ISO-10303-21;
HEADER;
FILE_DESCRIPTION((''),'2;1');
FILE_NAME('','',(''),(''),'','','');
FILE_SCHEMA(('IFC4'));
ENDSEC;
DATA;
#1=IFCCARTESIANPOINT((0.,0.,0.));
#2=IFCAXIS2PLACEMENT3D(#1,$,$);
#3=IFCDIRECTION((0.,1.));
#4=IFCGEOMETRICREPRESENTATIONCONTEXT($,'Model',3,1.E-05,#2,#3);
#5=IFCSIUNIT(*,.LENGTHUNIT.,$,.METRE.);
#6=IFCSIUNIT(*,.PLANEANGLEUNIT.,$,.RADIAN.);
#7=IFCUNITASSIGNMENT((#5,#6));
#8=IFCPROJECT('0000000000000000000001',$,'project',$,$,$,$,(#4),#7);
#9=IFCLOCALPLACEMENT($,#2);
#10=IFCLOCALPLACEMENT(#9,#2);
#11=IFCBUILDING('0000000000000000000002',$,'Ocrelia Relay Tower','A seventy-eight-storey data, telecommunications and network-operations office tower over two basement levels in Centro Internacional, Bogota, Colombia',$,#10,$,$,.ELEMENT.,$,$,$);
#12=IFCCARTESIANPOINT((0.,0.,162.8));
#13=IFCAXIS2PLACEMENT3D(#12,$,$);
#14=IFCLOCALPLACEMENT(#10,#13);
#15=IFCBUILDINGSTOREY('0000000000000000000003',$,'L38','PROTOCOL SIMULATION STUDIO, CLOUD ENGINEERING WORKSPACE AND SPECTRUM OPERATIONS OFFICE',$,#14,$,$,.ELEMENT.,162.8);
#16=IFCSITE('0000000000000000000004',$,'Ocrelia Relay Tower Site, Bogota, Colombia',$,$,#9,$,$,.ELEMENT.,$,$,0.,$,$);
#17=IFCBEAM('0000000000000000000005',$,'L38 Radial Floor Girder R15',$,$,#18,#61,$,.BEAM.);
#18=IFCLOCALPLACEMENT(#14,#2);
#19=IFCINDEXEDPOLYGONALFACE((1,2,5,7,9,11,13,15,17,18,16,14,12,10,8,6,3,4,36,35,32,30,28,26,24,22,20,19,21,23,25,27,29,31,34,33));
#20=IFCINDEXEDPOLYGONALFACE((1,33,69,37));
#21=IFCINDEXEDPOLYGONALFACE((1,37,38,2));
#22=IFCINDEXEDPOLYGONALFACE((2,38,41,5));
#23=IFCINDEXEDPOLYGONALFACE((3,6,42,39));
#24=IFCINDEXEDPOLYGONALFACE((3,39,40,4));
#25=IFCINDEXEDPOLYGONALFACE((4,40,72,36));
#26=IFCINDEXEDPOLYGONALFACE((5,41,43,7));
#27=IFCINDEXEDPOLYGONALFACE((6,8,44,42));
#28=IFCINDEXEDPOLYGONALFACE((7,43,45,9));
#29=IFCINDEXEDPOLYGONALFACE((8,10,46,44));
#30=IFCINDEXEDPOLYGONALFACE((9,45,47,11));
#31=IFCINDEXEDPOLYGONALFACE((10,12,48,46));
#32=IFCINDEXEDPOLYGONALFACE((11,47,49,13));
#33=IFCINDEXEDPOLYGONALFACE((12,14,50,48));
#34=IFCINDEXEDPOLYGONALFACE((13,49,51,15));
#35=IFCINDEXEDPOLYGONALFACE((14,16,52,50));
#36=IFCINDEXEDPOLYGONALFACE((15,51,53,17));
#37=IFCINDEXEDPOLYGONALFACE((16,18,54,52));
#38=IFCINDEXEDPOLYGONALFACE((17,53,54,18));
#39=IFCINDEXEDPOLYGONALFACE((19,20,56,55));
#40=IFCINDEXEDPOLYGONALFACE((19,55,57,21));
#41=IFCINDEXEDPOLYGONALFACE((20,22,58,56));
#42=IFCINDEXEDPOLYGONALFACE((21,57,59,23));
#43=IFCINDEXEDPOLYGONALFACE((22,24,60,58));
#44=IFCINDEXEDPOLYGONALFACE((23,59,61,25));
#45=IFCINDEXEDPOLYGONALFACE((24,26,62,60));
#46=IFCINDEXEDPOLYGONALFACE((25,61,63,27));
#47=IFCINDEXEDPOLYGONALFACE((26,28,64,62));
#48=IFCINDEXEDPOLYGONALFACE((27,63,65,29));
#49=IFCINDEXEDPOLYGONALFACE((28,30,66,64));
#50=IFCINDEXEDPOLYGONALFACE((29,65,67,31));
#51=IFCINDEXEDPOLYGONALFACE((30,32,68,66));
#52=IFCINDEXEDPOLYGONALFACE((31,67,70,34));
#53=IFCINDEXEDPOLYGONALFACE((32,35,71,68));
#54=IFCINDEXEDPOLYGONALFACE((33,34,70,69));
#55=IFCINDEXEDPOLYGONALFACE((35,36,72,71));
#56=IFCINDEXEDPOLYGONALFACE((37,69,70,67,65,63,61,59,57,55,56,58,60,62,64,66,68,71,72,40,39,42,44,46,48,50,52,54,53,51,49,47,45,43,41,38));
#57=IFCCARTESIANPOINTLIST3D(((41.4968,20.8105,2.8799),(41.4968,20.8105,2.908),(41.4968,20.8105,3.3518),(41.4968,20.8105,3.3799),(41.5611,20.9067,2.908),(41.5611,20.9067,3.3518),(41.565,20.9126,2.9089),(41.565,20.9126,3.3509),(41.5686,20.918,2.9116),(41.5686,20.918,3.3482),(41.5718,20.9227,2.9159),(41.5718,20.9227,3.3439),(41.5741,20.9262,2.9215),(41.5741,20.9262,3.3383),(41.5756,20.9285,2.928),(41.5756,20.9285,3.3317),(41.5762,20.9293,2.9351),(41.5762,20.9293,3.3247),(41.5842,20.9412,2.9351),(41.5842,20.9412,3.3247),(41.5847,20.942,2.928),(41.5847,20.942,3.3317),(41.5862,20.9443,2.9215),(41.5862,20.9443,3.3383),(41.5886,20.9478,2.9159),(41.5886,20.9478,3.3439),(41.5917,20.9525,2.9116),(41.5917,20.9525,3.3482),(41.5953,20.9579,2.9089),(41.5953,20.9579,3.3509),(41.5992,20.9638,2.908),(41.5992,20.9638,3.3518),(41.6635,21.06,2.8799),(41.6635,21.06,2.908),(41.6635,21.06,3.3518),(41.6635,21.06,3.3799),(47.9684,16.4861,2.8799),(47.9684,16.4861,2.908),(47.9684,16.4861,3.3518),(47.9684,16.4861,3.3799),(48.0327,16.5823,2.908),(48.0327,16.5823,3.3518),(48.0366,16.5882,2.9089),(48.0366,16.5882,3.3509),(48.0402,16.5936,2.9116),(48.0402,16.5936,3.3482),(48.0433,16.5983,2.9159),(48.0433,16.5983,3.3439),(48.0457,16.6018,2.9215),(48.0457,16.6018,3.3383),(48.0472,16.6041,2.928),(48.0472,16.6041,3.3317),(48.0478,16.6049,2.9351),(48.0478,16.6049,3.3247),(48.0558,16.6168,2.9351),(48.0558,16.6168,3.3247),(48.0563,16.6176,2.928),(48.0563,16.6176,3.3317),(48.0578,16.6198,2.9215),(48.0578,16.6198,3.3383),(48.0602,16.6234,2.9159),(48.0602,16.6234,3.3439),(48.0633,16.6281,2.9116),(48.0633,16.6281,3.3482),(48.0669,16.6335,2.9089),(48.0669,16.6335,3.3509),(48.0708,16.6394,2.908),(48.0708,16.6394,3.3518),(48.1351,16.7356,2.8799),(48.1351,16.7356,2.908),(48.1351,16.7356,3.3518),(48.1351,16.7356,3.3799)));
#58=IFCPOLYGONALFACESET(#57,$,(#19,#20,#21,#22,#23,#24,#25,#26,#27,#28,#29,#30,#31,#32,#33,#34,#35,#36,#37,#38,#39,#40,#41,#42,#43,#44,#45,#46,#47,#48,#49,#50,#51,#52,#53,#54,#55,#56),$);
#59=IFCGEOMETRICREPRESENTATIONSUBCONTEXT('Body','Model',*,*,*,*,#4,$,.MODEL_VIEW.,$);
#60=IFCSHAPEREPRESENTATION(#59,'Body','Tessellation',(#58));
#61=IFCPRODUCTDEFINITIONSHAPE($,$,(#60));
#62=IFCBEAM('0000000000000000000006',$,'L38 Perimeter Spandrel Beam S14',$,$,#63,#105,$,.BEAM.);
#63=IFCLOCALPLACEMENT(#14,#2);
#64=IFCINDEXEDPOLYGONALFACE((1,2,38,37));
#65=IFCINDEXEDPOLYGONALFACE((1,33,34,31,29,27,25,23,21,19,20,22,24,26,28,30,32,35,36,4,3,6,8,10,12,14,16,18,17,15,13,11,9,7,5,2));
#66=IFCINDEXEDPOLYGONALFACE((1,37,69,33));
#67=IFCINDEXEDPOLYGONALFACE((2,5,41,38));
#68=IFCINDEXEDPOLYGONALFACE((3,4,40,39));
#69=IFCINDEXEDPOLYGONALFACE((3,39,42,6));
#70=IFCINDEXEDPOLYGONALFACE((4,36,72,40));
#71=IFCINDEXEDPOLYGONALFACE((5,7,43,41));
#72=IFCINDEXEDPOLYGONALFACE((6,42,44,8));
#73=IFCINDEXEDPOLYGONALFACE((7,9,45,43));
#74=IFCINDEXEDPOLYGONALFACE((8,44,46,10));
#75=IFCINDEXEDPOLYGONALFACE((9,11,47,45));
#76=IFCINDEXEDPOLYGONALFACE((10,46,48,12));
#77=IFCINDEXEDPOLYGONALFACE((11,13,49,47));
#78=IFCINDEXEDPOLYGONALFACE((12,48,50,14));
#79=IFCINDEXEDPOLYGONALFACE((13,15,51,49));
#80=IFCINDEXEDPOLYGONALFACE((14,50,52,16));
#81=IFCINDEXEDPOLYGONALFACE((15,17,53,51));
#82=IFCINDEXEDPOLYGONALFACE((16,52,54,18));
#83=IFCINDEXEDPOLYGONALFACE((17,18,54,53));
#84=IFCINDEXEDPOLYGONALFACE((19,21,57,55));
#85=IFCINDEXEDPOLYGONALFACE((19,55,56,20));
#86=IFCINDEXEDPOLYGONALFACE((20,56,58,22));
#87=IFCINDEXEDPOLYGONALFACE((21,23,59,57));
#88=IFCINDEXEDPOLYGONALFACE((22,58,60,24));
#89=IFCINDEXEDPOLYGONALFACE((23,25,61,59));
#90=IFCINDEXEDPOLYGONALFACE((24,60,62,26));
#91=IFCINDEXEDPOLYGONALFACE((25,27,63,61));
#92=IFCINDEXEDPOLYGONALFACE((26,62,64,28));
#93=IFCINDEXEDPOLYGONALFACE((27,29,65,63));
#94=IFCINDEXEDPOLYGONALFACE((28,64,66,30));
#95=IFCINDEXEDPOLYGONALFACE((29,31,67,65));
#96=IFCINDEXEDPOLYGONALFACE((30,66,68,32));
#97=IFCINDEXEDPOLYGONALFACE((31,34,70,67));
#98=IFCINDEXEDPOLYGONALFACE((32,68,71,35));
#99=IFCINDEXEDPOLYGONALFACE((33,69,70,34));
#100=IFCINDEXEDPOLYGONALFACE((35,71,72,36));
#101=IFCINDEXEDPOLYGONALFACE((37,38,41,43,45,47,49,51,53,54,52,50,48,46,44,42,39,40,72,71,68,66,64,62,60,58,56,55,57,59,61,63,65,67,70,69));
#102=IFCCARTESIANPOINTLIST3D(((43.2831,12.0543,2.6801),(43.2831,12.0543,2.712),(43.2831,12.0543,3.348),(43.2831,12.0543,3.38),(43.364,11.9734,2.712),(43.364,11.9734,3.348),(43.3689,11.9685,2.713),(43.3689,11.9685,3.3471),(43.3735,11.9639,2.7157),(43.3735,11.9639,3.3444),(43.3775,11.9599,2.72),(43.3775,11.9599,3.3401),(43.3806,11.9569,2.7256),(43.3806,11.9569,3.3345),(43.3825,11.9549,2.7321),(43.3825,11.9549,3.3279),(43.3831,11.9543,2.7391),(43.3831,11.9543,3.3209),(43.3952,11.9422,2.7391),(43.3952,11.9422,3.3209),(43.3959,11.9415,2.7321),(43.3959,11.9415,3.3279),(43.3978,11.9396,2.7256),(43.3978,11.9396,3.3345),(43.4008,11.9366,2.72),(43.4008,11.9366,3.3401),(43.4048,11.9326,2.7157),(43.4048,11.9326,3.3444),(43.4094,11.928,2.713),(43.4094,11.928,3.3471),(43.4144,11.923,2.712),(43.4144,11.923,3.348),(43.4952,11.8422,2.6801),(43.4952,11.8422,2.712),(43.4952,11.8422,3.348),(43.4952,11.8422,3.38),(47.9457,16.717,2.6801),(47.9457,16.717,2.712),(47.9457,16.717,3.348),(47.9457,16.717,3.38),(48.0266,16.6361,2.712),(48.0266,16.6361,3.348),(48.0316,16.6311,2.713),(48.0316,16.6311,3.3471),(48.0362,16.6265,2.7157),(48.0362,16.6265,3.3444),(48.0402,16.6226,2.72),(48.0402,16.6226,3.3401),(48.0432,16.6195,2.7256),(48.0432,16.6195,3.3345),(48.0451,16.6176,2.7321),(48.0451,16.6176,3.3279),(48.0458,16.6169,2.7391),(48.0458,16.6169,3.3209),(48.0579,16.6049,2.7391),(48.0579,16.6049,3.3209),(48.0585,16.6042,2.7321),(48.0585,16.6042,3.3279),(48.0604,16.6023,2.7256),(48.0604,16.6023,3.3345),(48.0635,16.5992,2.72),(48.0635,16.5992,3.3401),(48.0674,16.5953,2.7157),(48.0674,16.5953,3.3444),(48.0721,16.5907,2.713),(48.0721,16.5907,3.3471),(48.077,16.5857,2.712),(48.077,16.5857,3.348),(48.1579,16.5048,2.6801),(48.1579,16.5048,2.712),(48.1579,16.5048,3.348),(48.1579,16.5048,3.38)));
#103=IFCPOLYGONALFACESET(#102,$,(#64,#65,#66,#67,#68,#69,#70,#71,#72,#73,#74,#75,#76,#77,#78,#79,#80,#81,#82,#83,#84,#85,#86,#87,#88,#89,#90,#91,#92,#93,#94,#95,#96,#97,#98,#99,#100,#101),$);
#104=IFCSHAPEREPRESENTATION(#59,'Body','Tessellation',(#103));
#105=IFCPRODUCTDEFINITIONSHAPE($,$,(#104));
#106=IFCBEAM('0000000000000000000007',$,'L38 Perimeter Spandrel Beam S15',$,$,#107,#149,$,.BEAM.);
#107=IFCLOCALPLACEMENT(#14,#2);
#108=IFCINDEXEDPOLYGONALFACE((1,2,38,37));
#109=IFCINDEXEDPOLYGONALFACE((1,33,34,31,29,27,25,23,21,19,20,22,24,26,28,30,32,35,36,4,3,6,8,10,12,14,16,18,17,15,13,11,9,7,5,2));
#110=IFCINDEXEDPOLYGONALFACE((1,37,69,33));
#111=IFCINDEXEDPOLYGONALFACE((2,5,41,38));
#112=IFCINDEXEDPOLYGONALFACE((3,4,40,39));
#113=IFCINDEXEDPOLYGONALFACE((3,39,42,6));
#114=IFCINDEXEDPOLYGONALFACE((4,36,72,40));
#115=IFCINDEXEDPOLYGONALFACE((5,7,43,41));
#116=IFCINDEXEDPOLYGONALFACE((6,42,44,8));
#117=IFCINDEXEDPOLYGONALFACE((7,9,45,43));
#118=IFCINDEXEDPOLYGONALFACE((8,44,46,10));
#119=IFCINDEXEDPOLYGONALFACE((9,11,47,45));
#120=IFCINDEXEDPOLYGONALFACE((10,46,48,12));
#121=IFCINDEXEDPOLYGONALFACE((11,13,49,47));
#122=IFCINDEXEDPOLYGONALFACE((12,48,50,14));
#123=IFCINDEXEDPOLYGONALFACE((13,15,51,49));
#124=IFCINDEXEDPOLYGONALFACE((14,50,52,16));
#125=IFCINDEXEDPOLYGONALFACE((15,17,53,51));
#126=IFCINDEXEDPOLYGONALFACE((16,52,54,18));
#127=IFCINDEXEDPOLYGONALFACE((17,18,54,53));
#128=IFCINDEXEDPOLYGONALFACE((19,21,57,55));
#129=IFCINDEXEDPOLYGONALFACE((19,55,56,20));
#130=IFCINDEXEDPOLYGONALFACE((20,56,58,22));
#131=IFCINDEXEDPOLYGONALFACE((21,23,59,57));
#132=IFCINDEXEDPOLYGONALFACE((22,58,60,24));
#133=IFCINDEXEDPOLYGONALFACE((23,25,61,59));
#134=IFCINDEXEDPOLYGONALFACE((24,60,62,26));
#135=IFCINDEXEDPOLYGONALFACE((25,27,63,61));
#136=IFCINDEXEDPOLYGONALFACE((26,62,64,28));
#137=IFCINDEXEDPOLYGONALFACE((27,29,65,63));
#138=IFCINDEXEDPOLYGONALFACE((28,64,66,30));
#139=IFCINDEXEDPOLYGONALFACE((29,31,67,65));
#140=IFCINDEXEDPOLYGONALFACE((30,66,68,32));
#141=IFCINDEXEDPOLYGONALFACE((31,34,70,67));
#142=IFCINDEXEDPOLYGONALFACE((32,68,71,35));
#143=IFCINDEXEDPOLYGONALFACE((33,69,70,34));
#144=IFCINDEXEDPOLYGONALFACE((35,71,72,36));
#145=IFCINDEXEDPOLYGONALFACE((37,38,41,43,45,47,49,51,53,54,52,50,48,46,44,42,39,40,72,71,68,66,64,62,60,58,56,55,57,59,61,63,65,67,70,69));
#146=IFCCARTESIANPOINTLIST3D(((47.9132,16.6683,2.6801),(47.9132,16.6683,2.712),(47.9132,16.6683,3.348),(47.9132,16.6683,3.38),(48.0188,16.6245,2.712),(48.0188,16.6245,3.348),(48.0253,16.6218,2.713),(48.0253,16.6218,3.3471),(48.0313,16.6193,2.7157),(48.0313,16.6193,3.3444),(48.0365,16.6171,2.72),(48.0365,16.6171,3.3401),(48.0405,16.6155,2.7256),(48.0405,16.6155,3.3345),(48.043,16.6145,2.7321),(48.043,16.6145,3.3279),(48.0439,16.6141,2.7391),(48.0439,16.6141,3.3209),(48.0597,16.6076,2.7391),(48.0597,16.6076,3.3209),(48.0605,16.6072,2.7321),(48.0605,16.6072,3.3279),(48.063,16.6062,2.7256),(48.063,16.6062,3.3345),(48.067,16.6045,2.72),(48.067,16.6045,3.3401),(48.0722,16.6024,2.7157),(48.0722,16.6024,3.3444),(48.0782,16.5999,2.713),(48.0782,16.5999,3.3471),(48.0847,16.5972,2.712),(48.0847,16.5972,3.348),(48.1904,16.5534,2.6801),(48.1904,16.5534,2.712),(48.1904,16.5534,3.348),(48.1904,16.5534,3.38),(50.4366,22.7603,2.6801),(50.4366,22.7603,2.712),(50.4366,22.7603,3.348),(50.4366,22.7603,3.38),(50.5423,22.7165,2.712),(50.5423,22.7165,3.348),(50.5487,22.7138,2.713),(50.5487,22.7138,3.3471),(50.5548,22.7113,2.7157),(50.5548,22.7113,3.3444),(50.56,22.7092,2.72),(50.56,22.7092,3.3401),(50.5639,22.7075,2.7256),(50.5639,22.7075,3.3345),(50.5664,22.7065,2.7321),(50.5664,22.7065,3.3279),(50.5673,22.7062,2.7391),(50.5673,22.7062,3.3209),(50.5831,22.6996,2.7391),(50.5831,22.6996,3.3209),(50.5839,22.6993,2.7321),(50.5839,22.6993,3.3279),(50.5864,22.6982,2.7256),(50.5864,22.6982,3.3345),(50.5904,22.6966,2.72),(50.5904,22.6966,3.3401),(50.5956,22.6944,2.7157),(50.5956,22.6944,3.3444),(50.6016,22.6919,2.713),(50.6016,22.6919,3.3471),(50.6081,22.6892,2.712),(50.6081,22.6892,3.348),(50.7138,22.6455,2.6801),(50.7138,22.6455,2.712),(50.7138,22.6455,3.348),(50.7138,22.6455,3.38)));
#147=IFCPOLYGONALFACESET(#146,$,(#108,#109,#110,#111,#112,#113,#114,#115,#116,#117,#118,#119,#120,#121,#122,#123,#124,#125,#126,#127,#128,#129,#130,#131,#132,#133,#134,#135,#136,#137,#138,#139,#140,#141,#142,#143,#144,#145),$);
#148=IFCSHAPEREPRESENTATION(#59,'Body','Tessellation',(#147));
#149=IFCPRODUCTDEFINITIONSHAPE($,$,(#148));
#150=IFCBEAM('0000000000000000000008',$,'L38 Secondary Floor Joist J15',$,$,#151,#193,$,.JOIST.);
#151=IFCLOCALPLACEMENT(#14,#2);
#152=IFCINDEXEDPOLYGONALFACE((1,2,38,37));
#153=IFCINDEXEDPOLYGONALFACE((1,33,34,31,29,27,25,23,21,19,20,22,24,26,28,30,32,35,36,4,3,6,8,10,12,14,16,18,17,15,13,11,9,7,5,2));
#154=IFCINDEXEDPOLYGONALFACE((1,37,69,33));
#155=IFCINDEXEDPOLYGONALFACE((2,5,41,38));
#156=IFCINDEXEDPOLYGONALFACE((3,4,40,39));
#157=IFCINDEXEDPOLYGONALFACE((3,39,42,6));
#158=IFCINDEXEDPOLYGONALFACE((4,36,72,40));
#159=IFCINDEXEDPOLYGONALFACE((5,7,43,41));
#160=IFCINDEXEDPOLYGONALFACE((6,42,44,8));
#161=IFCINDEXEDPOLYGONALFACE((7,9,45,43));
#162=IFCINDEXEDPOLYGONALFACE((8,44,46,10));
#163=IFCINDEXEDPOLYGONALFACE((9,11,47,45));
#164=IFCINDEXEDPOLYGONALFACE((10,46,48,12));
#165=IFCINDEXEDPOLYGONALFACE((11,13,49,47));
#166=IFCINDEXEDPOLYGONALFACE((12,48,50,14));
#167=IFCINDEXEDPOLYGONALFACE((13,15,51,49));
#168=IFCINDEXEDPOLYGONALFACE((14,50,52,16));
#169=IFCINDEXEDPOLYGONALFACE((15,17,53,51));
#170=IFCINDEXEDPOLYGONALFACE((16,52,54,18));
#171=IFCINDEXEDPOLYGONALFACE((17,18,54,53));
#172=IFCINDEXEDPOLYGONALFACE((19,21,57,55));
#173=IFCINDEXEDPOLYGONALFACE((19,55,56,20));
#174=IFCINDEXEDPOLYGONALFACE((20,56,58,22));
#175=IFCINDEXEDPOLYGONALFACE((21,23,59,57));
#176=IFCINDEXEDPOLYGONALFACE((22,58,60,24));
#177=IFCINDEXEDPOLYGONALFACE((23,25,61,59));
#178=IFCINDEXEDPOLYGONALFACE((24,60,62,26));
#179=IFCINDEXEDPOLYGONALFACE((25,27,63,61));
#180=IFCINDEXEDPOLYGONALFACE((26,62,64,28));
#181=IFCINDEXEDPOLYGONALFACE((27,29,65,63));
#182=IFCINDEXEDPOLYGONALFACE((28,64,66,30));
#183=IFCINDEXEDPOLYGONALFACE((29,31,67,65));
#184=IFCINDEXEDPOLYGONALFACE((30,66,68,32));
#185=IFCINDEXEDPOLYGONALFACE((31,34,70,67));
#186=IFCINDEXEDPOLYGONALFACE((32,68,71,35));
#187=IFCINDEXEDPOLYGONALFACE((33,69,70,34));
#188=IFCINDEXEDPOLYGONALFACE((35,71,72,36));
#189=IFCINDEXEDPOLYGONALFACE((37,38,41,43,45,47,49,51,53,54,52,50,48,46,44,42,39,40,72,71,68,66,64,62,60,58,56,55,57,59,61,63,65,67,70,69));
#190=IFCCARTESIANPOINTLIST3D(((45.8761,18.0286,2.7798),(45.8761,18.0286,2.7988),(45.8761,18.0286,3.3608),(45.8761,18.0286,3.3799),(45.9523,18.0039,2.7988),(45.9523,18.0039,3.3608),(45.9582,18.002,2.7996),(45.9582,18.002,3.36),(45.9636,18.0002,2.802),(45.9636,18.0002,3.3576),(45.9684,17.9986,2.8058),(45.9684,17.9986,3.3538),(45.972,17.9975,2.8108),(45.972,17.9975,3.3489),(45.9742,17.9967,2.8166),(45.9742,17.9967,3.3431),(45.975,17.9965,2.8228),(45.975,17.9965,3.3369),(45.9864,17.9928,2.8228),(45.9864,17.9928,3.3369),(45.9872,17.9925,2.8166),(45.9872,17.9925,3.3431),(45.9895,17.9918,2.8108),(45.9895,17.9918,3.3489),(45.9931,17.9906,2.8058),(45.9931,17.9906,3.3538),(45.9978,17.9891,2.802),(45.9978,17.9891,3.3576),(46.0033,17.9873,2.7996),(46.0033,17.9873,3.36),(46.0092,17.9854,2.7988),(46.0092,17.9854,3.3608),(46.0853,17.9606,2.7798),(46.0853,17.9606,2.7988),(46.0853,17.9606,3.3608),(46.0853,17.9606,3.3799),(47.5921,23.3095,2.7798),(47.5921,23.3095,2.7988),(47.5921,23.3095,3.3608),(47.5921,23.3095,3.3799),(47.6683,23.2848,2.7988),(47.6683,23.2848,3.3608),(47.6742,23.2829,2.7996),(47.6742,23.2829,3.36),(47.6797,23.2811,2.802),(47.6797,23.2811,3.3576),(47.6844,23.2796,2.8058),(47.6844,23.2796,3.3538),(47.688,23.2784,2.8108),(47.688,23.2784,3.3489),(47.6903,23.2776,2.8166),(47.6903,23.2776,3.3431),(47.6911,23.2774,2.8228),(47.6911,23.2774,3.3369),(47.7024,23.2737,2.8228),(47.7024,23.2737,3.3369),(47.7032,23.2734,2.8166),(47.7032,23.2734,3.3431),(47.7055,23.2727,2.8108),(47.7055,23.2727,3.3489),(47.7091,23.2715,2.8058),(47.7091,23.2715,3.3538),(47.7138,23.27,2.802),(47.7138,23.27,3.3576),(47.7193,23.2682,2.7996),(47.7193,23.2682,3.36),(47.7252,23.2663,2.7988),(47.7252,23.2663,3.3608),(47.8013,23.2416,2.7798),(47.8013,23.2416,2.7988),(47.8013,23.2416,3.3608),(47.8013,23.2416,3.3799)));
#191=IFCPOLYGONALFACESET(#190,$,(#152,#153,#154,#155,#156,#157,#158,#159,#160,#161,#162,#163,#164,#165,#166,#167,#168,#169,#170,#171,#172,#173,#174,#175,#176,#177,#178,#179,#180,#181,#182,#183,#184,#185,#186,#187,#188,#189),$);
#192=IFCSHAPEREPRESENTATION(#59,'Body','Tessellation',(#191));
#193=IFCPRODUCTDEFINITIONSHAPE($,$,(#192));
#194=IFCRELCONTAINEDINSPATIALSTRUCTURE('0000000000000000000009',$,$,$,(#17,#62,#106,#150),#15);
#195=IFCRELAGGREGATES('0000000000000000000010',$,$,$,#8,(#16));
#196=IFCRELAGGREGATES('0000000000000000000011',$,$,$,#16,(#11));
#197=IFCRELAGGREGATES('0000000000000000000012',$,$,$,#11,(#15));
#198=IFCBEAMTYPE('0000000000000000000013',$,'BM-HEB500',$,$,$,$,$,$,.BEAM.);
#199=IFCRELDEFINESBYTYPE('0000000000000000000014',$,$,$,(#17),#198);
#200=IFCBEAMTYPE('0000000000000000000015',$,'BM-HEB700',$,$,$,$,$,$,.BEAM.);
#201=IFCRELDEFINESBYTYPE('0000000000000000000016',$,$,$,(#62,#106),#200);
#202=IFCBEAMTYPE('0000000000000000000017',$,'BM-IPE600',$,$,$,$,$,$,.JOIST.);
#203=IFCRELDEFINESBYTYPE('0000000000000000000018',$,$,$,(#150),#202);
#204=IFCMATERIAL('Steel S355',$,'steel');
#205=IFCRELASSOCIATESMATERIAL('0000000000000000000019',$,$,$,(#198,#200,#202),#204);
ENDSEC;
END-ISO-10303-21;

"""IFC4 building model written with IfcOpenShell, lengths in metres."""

from ifc_helpers import new_model, si_unit, direction, frame, origin, origin_2d, place, context, subcontext, project, spatial, i_section, extrude, material, material_profile, profile_set, type_object, element, save


model = new_model("IFC4")

# Units and contexts
model_context = context("Model", 3, precision=1e-05, world=origin(), true_north=direction((0.0, 1.0)))
body_context = subcontext(model_context, "Body", "Model", "MODEL_VIEW")
ifc_project = project(units=[si_unit("LENGTHUNIT", "METRE"), si_unit("PLANEANGLEUNIT", "RADIAN")], contexts=[model_context])

# Site, building, storey
site_placement = place(None, origin())
site = spatial("IfcSite", under=ifc_project, at=site_placement, Name="Ocrelia Relay Tower Site, Bogota, Colombia", CompositionType="ELEMENT", RefElevation=0.0)
building_placement = place(site_placement, origin())
building = spatial("IfcBuilding", under=site, at=building_placement, Name="Ocrelia Relay Tower", Description="A seventy-eight-storey data, telecommunications and network-operations office tower over two basement levels in Centro Internacional, Bogota, Colombia", CompositionType="ELEMENT")
storey_placement = place(building_placement, frame((0.0, 0.0, 162.8)))
storey = spatial("IfcBuildingStorey", under=building, at=storey_placement, Name="L38", Description="PROTOCOL SIMULATION STUDIO, CLOUD ENGINEERING WORKSPACE AND SPECTRUM OPERATIONS OFFICE", CompositionType="ELEMENT", Elevation=162.8)

# Beams
ifc_material_1 = material(Name="Steel S355", Category="steel")
ifc_material_profile_1 = material_profile(ifc_material_1, i_section(OverallWidth=0.3, OverallDepth=0.5, WebThickness=0.0144, FlangeThickness=0.0281, FilletRadius=0.0271, at=origin_2d()), Name="HEB 500")
ifc_profile_set_1 = profile_set([ifc_material_profile_1], Name="Steel S355")
beam_type_1 = type_object("IfcBeamType", Name="BM-HEB500", PredefinedType="BEAM", material=ifc_profile_set_1)
beam_1_placement = place(storey_placement, frame((48.0518, 16.6108, 3.1299), z_axis=(-0.831456, 0.55559, 0.0), x_axis=(-0.55559, -0.831456, 0.0)))
element("IfcBeam", 1, at=beam_1_placement, inside=storey, type_object=beam_type_1, Name="L38 Radial Floor Girder R15", PredefinedType="BEAM", context=body_context, shape_type="SweptSolid", body=[
    extrude(i_section(OverallWidth=0.3, OverallDepth=0.5, WebThickness=0.0144, FlangeThickness=0.0281, FilletRadius=0.0271, at=origin_2d()), origin(), (0.0, 0.0, 1.0), 7.7834),
])
ifc_material_profile_2 = material_profile(ifc_material_1, i_section(OverallWidth=0.3, OverallDepth=0.7, WebThickness=0.0171, FlangeThickness=0.032, FilletRadius=0.0271, at=origin_2d()), Name="HEB 700")
ifc_profile_set_2 = profile_set([ifc_material_profile_2], Name="Steel S355")
beam_type_2 = type_object("IfcBeamType", Name="BM-HEB700", PredefinedType="BEAM", material=ifc_profile_set_2)
for number, where, z_axis, x_axis, name in (
    (2, (43.3892, 11.9482, 3.03), (0.707107, 0.707107, 0.0), (-0.707107, 0.707107, 0.0), "L38 Perimeter Spandrel Beam S14"),
    (3, (48.0518, 16.6108, 3.03), (0.382688, 0.923878, 0.0), (-0.923878, 0.382688, 0.0), "L38 Perimeter Spandrel Beam S15"),
):
    element("IfcBeam", number, at=place(storey_placement, frame(where, z_axis=z_axis, x_axis=x_axis)), inside=storey, type_object=beam_type_2, Name=name, PredefinedType="BEAM", context=body_context, shape_type="SweptSolid", body=[
        extrude(i_section(OverallWidth=0.3, OverallDepth=0.7, WebThickness=0.0171, FlangeThickness=0.032, FilletRadius=0.0271, at=origin_2d()), origin(), (0.0, 0.0, 1.0), 6.594),
    ])
ifc_material_profile_3 = material_profile(ifc_material_1, i_section(OverallWidth=0.22, OverallDepth=0.6001, WebThickness=0.012, FlangeThickness=0.019, FilletRadius=0.0239, at=origin_2d()), Name="IPE 600")
ifc_profile_set_3 = profile_set([ifc_material_profile_3], Name="Steel S355")
beam_type_3 = type_object("IfcBeamType", Name="BM-IPE600", PredefinedType="JOIST", material=ifc_profile_set_3)
beam_2_placement = place(storey_placement, frame((45.9807, 17.9946, 3.0798), z_axis=(0.309043, 0.951048, 0.0), x_axis=(-0.951048, 0.309043, 0.0)))
element("IfcBeam", 4, at=beam_2_placement, inside=storey, type_object=beam_type_3, Name="L38 Secondary Floor Joist J15", PredefinedType="JOIST", context=body_context, shape_type="SweptSolid", body=[
    extrude(i_section(OverallWidth=0.22, OverallDepth=0.6001, WebThickness=0.012, FlangeThickness=0.019, FilletRadius=0.0239, at=origin_2d()), origin(), (0.0, 0.0, 1.0), 5.5527),
])

save(model, "model.ifc")
